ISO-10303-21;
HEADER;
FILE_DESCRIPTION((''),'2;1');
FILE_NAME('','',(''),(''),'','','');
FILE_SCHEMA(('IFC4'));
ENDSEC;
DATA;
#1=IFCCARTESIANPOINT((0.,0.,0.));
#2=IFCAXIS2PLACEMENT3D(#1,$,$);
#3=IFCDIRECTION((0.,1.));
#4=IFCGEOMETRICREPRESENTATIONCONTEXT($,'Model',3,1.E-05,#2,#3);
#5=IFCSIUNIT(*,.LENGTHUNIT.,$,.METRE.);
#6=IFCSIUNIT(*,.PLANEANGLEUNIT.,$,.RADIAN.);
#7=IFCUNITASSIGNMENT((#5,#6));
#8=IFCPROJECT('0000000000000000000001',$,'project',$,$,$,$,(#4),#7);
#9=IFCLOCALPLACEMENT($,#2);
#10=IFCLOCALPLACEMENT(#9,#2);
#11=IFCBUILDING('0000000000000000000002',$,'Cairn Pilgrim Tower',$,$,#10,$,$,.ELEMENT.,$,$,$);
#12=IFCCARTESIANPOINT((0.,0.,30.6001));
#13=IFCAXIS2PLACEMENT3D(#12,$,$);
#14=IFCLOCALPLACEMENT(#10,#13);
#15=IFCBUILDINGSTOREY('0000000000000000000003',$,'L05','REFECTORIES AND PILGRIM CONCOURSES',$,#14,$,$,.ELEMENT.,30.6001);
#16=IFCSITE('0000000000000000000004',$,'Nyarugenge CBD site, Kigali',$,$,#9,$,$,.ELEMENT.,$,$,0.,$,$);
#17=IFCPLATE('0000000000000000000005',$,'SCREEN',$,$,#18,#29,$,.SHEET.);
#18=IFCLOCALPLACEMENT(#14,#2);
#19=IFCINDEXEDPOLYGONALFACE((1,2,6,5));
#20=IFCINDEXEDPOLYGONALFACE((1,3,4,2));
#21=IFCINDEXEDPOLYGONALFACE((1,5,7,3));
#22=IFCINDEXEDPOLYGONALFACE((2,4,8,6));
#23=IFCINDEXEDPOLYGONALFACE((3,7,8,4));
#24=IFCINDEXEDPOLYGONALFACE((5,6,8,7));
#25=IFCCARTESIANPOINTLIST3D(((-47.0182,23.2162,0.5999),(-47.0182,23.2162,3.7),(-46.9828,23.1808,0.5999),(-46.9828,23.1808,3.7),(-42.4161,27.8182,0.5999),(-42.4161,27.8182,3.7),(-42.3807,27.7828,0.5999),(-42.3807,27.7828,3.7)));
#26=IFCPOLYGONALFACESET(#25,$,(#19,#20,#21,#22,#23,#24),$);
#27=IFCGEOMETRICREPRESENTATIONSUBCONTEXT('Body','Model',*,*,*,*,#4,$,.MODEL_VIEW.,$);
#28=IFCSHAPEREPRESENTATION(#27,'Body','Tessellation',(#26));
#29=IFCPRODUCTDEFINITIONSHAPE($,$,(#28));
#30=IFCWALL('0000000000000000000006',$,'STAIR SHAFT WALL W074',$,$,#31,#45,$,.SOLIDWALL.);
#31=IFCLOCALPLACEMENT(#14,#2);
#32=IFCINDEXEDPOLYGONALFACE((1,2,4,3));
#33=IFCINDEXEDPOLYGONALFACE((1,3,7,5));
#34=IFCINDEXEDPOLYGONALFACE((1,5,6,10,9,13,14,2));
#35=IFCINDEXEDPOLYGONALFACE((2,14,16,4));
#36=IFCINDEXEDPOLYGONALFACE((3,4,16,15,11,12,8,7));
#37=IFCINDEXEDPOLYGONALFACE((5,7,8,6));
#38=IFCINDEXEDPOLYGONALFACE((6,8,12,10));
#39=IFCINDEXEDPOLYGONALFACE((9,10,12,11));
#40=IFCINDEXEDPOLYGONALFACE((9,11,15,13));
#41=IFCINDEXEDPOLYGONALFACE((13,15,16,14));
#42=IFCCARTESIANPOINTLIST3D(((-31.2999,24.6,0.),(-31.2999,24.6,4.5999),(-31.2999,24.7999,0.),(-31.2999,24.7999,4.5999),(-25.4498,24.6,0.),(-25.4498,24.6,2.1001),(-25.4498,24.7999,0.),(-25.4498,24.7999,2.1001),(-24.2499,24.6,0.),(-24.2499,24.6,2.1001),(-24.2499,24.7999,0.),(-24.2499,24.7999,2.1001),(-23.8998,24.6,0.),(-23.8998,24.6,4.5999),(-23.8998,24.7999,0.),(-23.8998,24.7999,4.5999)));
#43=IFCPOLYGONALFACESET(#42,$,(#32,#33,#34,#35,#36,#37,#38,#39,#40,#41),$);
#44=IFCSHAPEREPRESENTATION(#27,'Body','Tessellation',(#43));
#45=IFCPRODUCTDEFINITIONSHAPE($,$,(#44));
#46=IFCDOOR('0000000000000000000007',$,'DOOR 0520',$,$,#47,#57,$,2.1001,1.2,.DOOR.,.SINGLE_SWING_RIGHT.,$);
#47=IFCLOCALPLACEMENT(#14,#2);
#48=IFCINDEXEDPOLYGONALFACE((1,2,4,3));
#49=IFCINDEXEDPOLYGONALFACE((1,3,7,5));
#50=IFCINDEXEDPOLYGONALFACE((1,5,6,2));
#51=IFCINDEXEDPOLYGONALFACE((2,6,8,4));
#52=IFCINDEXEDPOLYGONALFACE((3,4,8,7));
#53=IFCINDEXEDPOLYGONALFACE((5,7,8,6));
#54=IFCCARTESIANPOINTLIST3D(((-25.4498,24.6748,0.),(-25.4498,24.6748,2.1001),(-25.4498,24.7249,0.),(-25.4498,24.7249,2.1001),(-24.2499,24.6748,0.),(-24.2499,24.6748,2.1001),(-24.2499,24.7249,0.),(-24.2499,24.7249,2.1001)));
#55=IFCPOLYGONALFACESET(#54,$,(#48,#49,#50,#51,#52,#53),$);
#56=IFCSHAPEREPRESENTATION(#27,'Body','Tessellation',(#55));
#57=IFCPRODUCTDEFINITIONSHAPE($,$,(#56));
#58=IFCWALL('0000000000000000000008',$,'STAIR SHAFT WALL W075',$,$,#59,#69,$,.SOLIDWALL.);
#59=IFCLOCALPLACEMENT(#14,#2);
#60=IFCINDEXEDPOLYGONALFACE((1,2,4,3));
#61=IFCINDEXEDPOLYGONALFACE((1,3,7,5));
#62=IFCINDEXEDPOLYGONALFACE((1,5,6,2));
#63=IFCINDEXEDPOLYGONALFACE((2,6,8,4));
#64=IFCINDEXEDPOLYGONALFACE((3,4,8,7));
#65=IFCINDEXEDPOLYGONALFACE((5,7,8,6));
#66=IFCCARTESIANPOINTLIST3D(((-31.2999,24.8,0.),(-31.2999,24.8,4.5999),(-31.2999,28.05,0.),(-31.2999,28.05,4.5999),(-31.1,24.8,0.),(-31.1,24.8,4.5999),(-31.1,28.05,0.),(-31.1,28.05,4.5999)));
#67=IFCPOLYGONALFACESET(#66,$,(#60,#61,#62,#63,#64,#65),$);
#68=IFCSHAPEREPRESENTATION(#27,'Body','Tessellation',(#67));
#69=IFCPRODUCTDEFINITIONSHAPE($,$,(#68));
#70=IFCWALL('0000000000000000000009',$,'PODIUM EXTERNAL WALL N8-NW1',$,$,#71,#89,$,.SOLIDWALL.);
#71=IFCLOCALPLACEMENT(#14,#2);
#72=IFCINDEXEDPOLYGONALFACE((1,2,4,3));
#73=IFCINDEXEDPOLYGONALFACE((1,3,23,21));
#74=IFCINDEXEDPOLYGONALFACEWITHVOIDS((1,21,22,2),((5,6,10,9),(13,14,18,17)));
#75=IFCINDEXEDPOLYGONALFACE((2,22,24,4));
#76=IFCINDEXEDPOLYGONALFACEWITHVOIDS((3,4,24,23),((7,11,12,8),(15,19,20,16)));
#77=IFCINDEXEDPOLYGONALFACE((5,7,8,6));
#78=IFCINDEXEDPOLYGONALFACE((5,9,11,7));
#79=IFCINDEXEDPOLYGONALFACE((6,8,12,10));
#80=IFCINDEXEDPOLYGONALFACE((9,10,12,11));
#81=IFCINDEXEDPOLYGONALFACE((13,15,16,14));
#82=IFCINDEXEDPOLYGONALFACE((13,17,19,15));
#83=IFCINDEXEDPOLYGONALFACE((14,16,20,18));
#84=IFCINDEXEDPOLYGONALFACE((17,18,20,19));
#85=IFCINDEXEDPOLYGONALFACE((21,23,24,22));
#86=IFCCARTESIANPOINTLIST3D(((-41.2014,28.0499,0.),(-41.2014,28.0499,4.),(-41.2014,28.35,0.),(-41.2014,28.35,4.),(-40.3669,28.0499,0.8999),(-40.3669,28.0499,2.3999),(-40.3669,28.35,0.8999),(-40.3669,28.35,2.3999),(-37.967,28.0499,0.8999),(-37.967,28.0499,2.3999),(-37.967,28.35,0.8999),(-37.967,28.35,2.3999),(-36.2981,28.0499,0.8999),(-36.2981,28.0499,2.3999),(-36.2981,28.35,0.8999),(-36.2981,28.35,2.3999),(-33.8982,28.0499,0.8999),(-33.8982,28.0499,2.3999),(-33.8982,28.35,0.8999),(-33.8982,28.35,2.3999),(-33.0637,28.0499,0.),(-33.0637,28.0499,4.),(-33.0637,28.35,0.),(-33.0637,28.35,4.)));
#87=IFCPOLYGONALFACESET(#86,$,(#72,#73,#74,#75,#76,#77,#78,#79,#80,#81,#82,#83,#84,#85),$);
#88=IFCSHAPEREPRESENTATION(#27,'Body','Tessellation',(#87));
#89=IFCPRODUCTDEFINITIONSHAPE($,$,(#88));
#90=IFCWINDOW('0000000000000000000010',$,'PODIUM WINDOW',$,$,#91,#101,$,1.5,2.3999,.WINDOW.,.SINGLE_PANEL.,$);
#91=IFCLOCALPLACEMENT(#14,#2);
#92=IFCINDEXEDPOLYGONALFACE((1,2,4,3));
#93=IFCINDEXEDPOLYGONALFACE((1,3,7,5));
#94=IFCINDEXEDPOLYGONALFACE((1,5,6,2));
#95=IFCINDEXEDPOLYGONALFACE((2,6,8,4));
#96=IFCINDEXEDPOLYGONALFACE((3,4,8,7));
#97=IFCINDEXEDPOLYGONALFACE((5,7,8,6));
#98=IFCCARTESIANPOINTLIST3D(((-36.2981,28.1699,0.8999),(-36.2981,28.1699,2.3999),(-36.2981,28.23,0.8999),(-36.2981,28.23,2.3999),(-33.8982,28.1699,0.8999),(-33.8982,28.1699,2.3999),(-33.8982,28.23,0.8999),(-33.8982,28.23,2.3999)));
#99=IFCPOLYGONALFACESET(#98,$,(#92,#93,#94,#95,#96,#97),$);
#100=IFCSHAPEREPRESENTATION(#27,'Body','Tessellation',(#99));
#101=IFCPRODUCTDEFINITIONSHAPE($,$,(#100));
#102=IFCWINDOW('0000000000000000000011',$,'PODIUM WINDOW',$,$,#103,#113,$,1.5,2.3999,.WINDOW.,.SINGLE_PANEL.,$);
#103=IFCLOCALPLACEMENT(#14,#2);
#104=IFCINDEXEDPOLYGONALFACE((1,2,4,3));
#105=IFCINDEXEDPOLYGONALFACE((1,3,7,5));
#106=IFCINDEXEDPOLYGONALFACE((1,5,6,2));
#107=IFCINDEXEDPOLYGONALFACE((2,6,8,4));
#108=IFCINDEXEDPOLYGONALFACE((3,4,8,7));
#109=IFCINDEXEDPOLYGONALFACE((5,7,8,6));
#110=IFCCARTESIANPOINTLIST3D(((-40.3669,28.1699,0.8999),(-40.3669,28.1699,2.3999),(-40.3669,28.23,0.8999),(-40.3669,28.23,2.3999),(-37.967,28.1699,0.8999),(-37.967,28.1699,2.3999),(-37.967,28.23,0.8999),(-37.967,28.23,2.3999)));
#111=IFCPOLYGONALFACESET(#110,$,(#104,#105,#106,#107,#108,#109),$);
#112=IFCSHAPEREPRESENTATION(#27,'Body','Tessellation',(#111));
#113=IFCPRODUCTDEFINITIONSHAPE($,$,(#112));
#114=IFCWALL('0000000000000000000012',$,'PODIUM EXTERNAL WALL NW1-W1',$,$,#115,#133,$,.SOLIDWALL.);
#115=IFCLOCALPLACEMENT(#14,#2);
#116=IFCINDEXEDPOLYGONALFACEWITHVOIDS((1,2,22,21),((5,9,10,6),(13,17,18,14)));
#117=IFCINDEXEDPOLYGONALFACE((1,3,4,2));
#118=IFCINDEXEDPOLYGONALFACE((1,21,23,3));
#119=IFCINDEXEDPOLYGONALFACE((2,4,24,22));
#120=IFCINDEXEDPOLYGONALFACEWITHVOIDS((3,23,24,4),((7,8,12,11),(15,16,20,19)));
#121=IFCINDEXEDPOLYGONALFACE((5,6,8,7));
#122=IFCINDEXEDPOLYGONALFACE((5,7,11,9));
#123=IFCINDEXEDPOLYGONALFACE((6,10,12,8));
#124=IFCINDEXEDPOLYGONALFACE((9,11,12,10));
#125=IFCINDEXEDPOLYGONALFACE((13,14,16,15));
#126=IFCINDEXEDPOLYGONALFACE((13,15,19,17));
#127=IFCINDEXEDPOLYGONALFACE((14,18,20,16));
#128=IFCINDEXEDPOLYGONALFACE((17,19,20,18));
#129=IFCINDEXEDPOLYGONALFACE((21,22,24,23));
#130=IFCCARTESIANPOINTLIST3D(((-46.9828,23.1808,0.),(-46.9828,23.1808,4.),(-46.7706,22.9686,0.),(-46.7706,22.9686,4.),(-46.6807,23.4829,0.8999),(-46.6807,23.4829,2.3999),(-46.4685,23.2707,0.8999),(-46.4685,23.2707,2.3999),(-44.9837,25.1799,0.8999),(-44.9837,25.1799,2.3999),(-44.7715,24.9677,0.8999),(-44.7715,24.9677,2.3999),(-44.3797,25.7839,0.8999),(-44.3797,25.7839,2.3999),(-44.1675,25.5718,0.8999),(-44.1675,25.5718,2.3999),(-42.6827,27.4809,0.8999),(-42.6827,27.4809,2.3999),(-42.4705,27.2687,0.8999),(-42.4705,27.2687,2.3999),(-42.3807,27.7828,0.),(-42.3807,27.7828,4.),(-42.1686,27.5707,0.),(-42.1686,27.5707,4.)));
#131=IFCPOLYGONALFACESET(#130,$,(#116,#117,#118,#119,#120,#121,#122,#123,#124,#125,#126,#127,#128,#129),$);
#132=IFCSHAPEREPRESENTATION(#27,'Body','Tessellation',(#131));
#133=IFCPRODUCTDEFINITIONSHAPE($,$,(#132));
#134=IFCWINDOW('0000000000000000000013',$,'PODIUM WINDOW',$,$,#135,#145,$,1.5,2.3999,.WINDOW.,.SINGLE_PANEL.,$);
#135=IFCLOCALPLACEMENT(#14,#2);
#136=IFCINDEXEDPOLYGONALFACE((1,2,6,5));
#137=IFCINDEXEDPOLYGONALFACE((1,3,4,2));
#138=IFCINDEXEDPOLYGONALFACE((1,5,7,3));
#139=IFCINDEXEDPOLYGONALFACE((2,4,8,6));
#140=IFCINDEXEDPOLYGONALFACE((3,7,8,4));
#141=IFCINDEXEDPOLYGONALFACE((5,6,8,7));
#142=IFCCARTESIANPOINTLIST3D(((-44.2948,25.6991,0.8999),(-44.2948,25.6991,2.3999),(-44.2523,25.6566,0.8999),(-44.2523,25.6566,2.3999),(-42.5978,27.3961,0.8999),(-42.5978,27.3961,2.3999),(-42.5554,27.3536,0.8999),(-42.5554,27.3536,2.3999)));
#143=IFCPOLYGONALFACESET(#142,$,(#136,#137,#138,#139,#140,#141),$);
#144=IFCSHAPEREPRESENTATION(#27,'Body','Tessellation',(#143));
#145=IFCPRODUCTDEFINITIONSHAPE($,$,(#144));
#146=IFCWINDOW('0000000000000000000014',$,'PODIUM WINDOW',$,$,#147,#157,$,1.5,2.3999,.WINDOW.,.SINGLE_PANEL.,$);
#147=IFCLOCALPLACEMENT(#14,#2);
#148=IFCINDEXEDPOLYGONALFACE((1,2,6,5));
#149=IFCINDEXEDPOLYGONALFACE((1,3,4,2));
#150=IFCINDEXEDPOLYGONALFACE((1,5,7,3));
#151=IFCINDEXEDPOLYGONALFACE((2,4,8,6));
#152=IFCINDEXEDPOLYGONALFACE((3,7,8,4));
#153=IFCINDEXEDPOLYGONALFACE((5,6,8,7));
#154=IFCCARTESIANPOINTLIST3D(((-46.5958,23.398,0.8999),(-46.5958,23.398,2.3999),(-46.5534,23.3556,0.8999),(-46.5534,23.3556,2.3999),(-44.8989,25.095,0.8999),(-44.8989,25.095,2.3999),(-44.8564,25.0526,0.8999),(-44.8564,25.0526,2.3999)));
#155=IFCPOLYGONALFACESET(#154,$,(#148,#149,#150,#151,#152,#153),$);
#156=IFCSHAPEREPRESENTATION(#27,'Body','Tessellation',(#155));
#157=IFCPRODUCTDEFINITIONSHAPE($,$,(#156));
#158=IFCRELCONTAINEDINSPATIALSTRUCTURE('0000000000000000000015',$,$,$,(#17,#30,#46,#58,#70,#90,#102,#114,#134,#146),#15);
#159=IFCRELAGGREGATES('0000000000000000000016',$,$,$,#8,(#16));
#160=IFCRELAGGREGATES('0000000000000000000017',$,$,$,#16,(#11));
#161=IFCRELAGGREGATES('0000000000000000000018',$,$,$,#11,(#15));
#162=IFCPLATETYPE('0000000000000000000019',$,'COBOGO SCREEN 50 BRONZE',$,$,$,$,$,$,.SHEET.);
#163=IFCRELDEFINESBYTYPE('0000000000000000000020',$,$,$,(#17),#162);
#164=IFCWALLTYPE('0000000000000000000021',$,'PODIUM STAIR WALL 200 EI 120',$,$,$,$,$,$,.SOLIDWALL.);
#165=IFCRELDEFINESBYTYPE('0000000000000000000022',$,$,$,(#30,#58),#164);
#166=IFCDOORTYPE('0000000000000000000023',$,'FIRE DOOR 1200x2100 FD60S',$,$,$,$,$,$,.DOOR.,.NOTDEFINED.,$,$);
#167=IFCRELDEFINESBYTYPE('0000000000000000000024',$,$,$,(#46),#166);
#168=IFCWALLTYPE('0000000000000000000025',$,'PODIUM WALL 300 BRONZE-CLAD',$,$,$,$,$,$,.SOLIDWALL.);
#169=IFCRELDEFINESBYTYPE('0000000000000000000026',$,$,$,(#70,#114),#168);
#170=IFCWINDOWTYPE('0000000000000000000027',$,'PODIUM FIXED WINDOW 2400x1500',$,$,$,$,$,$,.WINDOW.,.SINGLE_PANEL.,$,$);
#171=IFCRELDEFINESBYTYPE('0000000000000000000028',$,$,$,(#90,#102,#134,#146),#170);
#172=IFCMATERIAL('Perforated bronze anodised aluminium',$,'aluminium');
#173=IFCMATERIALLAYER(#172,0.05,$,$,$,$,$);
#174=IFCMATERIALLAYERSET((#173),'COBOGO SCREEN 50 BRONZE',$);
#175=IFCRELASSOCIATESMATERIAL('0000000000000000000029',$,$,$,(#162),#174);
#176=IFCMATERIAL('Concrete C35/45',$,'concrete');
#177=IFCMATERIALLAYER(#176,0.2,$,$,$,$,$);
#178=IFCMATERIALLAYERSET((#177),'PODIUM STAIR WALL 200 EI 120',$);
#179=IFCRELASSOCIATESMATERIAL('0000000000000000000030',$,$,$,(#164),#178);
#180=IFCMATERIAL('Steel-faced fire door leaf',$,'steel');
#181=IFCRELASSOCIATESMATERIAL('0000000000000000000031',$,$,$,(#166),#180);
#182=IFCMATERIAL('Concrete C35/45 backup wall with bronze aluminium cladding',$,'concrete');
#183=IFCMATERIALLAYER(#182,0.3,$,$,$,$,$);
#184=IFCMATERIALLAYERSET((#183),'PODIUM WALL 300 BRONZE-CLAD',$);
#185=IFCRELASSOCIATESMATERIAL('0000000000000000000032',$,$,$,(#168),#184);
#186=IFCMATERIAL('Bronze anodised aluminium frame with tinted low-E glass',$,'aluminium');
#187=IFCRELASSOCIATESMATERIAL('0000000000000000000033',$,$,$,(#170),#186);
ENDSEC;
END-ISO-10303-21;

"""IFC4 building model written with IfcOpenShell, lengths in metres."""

from ifc_helpers import new_model, si_unit, direction, frame, frame_2d, origin, origin_2d, place, context, subcontext, project, spatial, rectangle, extrude, material, layer, layer_set, type_object, element, fill, save


model = new_model("IFC4")

# Units and contexts
model_context = context("Model", 3, precision=1e-05, world=origin(), true_north=direction((0.0, 1.0)))
body_context = subcontext(model_context, "Body", "Model", "MODEL_VIEW")
ifc_project = project(units=[si_unit("LENGTHUNIT", "METRE"), si_unit("PLANEANGLEUNIT", "RADIAN")], contexts=[model_context])

# Site, building, storey
site_placement = place(None, origin())
site = spatial("IfcSite", under=ifc_project, at=site_placement, Name="Nyarugenge CBD site, Kigali", CompositionType="ELEMENT", RefElevation=0.0)
building_placement = place(site_placement, origin())
building = spatial("IfcBuilding", under=site, at=building_placement, Name="Cairn Pilgrim Tower", CompositionType="ELEMENT")
storey_placement = place(building_placement, frame((0.0, 0.0, 30.6001)))
storey = spatial("IfcBuildingStorey", under=building, at=storey_placement, Name="L05", Description="REFECTORIES AND PILGRIM CONCOURSES", CompositionType="ELEMENT", Elevation=30.6001)

# Plate
ifc_material_1 = material(Name="Perforated bronze anodised aluminium", Category="aluminium")
ifc_layer_1 = layer(ifc_material_1, 0.05)
ifc_layer_set_1 = layer_set([ifc_layer_1], Name="COBOGO SCREEN 50 BRONZE")
plate_type_1 = type_object("IfcPlateType", Name="COBOGO SCREEN 50 BRONZE", PredefinedType="SHEET", material=ifc_layer_set_1)
plate_1_placement = place(storey_placement, frame((-44.6995, 25.4995, 0.5999), z_axis=(0.0, 0.0, 1.0), x_axis=(-0.707107, -0.707107, 0.0)))
element("IfcPlate", 1, at=plate_1_placement, inside=storey, type_object=plate_type_1, Name="SCREEN", PredefinedType="SHEET", context=body_context, shape_type="SweptSolid", body=[
    extrude(rectangle(XDim=6.5083, YDim=0.05, at=origin_2d()), origin(), (0.0, 0.0, 1.0), 3.1001),
])

# Wall, opening, door
ifc_material_2 = material(Name="Concrete C35/45", Category="concrete")
ifc_layer_2 = layer(ifc_material_2, 0.2)
ifc_layer_set_2 = layer_set([ifc_layer_2], Name="PODIUM STAIR WALL 200 EI 120")
wall_type_1 = type_object("IfcWallType", Name="PODIUM STAIR WALL 200 EI 120", PredefinedType="SOLIDWALL", material=ifc_layer_set_2)
wall_1_placement = place(storey_placement, frame((-31.3, 24.7, 0.0), z_axis=(0.0, 0.0, 1.0), x_axis=(1.0, 0.0, 0.0)))
wall_1 = element("IfcWall", 2, at=wall_1_placement, inside=storey, type_object=wall_type_1, Name="STAIR SHAFT WALL W074", PredefinedType="SOLIDWALL", context=body_context, shape_type="SweptSolid", body=[
    extrude(rectangle(XDim=7.4001, YDim=0.2, at=frame_2d((3.7002, 0.0))), origin(), (0.0, 0.0, 1.0), 4.5999),
])
opening_1_placement = place(wall_1_placement, frame((5.8501, 0.0, 0.0)))
opening_1 = element("IfcOpeningElement", 3, at=opening_1_placement, cuts=wall_1, PredefinedType="OPENING", context=body_context, shape_type="SweptSolid", body=[
    extrude(rectangle(XDim=1.2, YDim=2.1001, at=frame_2d((0.6001, 1.05))), frame((0.0, 0.1099, 0.0), z_axis=(0.0, -1.0, 0.0), x_axis=(1.0, 0.0, 0.0)), (0.0, 0.0, 1.0), 0.22),
])
ifc_material_3 = material(Name="Steel-faced fire door leaf", Category="steel")
door_type = type_object("IfcDoorType", Name="FIRE DOOR 1200x2100 FD60S", OperationType="NOTDEFINED", PredefinedType="DOOR", material=ifc_material_3)
door_placement = place(opening_1_placement, origin())
door = element("IfcDoor", 4, at=door_placement, inside=storey, type_object=door_type, Name="DOOR 0520", OperationType="SINGLE_SWING_RIGHT", OverallHeight=2.1001, OverallWidth=1.2, PredefinedType="DOOR", context=body_context, shape_type="SweptSolid", body=[
    extrude(rectangle(XDim=1.2, YDim=2.1001, at=frame_2d((0.6001, 1.05))), frame((0.0, 0.0249, 0.0), z_axis=(0.0, -1.0, 0.0), x_axis=(1.0, 0.0, 0.0)), (0.0, 0.0, 1.0), 0.05),
])
fill(opening_1, door)

# Wall
wall_2_placement = place(storey_placement, frame((-31.2, 24.8, 0.0), z_axis=(0.0, 0.0, 1.0), x_axis=(0.0, 1.0, 0.0)))
element("IfcWall", 5, at=wall_2_placement, inside=storey, type_object=wall_type_1, Name="STAIR SHAFT WALL W075", PredefinedType="SOLIDWALL", context=body_context, shape_type="SweptSolid", body=[
    extrude(rectangle(XDim=3.25, YDim=0.2, at=frame_2d((1.625, 0.0))), origin(), (0.0, 0.0, 1.0), 4.5999),
])

# Walls, openings, windows
ifc_material_4 = material(Name="Concrete C35/45 backup wall with bronze aluminium cladding", Category="concrete")
ifc_layer_3 = layer(ifc_material_4, 0.3)
ifc_layer_set_3 = layer_set([ifc_layer_3], Name="PODIUM WALL 300 BRONZE-CLAD")
wall_type_2 = type_object("IfcWallType", Name="PODIUM WALL 300 BRONZE-CLAD", PredefinedType="SOLIDWALL", material=ifc_layer_set_3)
wall_3_placement = place(storey_placement, frame((-33.0637, 28.2, 0.0), z_axis=(0.0, 0.0, 1.0), x_axis=(-1.0, 0.0, 0.0)))
wall_3 = element("IfcWall", 6, at=wall_3_placement, inside=storey, type_object=wall_type_2, Name="PODIUM EXTERNAL WALL N8-NW1", PredefinedType="SOLIDWALL", context=body_context, shape_type="SweptSolid", body=[
    extrude(rectangle(XDim=8.1377, YDim=0.3, at=frame_2d((4.0688, 0.0))), origin(), (0.0, 0.0, 1.0), 4.0),
])
opening_2_placement = place(wall_3_placement, frame((0.8345, 0.0, 0.8999)))
opening_2 = element("IfcOpeningElement", 7, at=opening_2_placement, cuts=wall_3, PredefinedType="OPENING", context=body_context, shape_type="SweptSolid", body=[
    extrude(rectangle(XDim=2.3999, YDim=1.5, at=frame_2d((1.2, 0.75))), frame((0.0, 0.1602, 0.0), z_axis=(0.0, -1.0, 0.0), x_axis=(1.0, 0.0, 0.0)), (0.0, 0.0, 1.0), 0.3201),
])
opening_3_placement = place(wall_3_placement, frame((4.9033, 0.0, 0.8999)))
opening_3 = element("IfcOpeningElement", 8, at=opening_3_placement, cuts=wall_3, PredefinedType="OPENING", context=body_context, shape_type="SweptSolid", body=[
    extrude(rectangle(XDim=2.3999, YDim=1.5, at=frame_2d((1.2, 0.75))), frame((0.0, 0.1602, 0.0), z_axis=(0.0, -1.0, 0.0), x_axis=(1.0, 0.0, 0.0)), (0.0, 0.0, 1.0), 0.3201),
])
ifc_material_5 = material(Name="Bronze anodised aluminium frame with tinted low-E glass", Category="aluminium")
window_type = type_object("IfcWindowType", Name="PODIUM FIXED WINDOW 2400x1500", PartitioningType="SINGLE_PANEL", PredefinedType="WINDOW", material=ifc_material_5)
window_1_placement = place(opening_2_placement, origin())
window_1 = element("IfcWindow", 9, at=window_1_placement, inside=storey, type_object=window_type, Name="PODIUM WINDOW", OverallHeight=1.5, OverallWidth=2.3999, PartitioningType="SINGLE_PANEL", PredefinedType="WINDOW", context=body_context, shape_type="SweptSolid", body=[
    extrude(rectangle(XDim=2.3999, YDim=1.5, at=frame_2d((1.2, 0.75))), frame((0.0, 0.03, 0.0), z_axis=(0.0, -1.0, 0.0), x_axis=(1.0, 0.0, 0.0)), (0.0, 0.0, 1.0), 0.0601),
])
fill(opening_2, window_1)
window_2_placement = place(opening_3_placement, origin())
window_2 = element("IfcWindow", 10, at=window_2_placement, inside=storey, type_object=window_type, Name="PODIUM WINDOW", OverallHeight=1.5, OverallWidth=2.3999, PartitioningType="SINGLE_PANEL", PredefinedType="WINDOW", context=body_context, shape_type="SweptSolid", body=[
    extrude(rectangle(XDim=2.3999, YDim=1.5, at=frame_2d((1.2, 0.75))), frame((0.0, 0.03, 0.0), z_axis=(0.0, -1.0, 0.0), x_axis=(1.0, 0.0, 0.0)), (0.0, 0.0, 1.0), 0.0601),
])
fill(opening_3, window_2)
wall_4_placement = place(storey_placement, frame((-42.2747, 27.6768, 0.0), z_axis=(0.0, 0.0, 1.0), x_axis=(-0.707107, -0.707107, 0.0)))
wall_4 = element("IfcWall", 11, at=wall_4_placement, inside=storey, type_object=wall_type_2, Name="PODIUM EXTERNAL WALL NW1-W1", PredefinedType="SOLIDWALL", context=body_context, shape_type="SweptSolid", body=[
    extrude(rectangle(XDim=6.5083, YDim=0.3, at=frame_2d((3.2542, 0.0))), origin(), (0.0, 0.0, 1.0), 4.0),
])
opening_4_placement = place(wall_4_placement, frame((0.427, 0.0, 0.8999)))
opening_4 = element("IfcOpeningElement", 12, at=opening_4_placement, cuts=wall_4, PredefinedType="OPENING", context=body_context, shape_type="SweptSolid", body=[
    extrude(rectangle(XDim=2.3999, YDim=1.5, at=frame_2d((1.2, 0.75))), frame((0.0, 0.1602, 0.0), z_axis=(0.0, -1.0, 0.0), x_axis=(1.0, 0.0, 0.0)), (0.0, 0.0, 1.0), 0.3201),
])
opening_5_placement = place(wall_4_placement, frame((3.6812, 0.0, 0.8999)))
opening_5 = element("IfcOpeningElement", 13, at=opening_5_placement, cuts=wall_4, PredefinedType="OPENING", context=body_context, shape_type="SweptSolid", body=[
    extrude(rectangle(XDim=2.3999, YDim=1.5, at=frame_2d((1.2, 0.75))), frame((0.0, 0.1602, 0.0), z_axis=(0.0, -1.0, 0.0), x_axis=(1.0, 0.0, 0.0)), (0.0, 0.0, 1.0), 0.3201),
])
window_3_placement = place(opening_4_placement, origin())
window_3 = element("IfcWindow", 14, at=window_3_placement, inside=storey, type_object=window_type, Name="PODIUM WINDOW", OverallHeight=1.5, OverallWidth=2.3999, PartitioningType="SINGLE_PANEL", PredefinedType="WINDOW", context=body_context, shape_type="SweptSolid", body=[
    extrude(rectangle(XDim=2.3999, YDim=1.5, at=frame_2d((1.2, 0.75))), frame((0.0, 0.03, 0.0), z_axis=(0.0, -1.0, 0.0), x_axis=(1.0, 0.0, 0.0)), (0.0, 0.0, 1.0), 0.0601),
])
fill(opening_4, window_3)
window_4_placement = place(opening_5_placement, origin())
window_4 = element("IfcWindow", 15, at=window_4_placement, inside=storey, type_object=window_type, Name="PODIUM WINDOW", OverallHeight=1.5, OverallWidth=2.3999, PartitioningType="SINGLE_PANEL", PredefinedType="WINDOW", context=body_context, shape_type="SweptSolid", body=[
    extrude(rectangle(XDim=2.3999, YDim=1.5, at=frame_2d((1.2, 0.75))), frame((0.0, 0.03, 0.0), z_axis=(0.0, -1.0, 0.0), x_axis=(1.0, 0.0, 0.0)), (0.0, 0.0, 1.0), 0.0601),
])
fill(opening_5, window_4)

save(model, "model.ifc")
